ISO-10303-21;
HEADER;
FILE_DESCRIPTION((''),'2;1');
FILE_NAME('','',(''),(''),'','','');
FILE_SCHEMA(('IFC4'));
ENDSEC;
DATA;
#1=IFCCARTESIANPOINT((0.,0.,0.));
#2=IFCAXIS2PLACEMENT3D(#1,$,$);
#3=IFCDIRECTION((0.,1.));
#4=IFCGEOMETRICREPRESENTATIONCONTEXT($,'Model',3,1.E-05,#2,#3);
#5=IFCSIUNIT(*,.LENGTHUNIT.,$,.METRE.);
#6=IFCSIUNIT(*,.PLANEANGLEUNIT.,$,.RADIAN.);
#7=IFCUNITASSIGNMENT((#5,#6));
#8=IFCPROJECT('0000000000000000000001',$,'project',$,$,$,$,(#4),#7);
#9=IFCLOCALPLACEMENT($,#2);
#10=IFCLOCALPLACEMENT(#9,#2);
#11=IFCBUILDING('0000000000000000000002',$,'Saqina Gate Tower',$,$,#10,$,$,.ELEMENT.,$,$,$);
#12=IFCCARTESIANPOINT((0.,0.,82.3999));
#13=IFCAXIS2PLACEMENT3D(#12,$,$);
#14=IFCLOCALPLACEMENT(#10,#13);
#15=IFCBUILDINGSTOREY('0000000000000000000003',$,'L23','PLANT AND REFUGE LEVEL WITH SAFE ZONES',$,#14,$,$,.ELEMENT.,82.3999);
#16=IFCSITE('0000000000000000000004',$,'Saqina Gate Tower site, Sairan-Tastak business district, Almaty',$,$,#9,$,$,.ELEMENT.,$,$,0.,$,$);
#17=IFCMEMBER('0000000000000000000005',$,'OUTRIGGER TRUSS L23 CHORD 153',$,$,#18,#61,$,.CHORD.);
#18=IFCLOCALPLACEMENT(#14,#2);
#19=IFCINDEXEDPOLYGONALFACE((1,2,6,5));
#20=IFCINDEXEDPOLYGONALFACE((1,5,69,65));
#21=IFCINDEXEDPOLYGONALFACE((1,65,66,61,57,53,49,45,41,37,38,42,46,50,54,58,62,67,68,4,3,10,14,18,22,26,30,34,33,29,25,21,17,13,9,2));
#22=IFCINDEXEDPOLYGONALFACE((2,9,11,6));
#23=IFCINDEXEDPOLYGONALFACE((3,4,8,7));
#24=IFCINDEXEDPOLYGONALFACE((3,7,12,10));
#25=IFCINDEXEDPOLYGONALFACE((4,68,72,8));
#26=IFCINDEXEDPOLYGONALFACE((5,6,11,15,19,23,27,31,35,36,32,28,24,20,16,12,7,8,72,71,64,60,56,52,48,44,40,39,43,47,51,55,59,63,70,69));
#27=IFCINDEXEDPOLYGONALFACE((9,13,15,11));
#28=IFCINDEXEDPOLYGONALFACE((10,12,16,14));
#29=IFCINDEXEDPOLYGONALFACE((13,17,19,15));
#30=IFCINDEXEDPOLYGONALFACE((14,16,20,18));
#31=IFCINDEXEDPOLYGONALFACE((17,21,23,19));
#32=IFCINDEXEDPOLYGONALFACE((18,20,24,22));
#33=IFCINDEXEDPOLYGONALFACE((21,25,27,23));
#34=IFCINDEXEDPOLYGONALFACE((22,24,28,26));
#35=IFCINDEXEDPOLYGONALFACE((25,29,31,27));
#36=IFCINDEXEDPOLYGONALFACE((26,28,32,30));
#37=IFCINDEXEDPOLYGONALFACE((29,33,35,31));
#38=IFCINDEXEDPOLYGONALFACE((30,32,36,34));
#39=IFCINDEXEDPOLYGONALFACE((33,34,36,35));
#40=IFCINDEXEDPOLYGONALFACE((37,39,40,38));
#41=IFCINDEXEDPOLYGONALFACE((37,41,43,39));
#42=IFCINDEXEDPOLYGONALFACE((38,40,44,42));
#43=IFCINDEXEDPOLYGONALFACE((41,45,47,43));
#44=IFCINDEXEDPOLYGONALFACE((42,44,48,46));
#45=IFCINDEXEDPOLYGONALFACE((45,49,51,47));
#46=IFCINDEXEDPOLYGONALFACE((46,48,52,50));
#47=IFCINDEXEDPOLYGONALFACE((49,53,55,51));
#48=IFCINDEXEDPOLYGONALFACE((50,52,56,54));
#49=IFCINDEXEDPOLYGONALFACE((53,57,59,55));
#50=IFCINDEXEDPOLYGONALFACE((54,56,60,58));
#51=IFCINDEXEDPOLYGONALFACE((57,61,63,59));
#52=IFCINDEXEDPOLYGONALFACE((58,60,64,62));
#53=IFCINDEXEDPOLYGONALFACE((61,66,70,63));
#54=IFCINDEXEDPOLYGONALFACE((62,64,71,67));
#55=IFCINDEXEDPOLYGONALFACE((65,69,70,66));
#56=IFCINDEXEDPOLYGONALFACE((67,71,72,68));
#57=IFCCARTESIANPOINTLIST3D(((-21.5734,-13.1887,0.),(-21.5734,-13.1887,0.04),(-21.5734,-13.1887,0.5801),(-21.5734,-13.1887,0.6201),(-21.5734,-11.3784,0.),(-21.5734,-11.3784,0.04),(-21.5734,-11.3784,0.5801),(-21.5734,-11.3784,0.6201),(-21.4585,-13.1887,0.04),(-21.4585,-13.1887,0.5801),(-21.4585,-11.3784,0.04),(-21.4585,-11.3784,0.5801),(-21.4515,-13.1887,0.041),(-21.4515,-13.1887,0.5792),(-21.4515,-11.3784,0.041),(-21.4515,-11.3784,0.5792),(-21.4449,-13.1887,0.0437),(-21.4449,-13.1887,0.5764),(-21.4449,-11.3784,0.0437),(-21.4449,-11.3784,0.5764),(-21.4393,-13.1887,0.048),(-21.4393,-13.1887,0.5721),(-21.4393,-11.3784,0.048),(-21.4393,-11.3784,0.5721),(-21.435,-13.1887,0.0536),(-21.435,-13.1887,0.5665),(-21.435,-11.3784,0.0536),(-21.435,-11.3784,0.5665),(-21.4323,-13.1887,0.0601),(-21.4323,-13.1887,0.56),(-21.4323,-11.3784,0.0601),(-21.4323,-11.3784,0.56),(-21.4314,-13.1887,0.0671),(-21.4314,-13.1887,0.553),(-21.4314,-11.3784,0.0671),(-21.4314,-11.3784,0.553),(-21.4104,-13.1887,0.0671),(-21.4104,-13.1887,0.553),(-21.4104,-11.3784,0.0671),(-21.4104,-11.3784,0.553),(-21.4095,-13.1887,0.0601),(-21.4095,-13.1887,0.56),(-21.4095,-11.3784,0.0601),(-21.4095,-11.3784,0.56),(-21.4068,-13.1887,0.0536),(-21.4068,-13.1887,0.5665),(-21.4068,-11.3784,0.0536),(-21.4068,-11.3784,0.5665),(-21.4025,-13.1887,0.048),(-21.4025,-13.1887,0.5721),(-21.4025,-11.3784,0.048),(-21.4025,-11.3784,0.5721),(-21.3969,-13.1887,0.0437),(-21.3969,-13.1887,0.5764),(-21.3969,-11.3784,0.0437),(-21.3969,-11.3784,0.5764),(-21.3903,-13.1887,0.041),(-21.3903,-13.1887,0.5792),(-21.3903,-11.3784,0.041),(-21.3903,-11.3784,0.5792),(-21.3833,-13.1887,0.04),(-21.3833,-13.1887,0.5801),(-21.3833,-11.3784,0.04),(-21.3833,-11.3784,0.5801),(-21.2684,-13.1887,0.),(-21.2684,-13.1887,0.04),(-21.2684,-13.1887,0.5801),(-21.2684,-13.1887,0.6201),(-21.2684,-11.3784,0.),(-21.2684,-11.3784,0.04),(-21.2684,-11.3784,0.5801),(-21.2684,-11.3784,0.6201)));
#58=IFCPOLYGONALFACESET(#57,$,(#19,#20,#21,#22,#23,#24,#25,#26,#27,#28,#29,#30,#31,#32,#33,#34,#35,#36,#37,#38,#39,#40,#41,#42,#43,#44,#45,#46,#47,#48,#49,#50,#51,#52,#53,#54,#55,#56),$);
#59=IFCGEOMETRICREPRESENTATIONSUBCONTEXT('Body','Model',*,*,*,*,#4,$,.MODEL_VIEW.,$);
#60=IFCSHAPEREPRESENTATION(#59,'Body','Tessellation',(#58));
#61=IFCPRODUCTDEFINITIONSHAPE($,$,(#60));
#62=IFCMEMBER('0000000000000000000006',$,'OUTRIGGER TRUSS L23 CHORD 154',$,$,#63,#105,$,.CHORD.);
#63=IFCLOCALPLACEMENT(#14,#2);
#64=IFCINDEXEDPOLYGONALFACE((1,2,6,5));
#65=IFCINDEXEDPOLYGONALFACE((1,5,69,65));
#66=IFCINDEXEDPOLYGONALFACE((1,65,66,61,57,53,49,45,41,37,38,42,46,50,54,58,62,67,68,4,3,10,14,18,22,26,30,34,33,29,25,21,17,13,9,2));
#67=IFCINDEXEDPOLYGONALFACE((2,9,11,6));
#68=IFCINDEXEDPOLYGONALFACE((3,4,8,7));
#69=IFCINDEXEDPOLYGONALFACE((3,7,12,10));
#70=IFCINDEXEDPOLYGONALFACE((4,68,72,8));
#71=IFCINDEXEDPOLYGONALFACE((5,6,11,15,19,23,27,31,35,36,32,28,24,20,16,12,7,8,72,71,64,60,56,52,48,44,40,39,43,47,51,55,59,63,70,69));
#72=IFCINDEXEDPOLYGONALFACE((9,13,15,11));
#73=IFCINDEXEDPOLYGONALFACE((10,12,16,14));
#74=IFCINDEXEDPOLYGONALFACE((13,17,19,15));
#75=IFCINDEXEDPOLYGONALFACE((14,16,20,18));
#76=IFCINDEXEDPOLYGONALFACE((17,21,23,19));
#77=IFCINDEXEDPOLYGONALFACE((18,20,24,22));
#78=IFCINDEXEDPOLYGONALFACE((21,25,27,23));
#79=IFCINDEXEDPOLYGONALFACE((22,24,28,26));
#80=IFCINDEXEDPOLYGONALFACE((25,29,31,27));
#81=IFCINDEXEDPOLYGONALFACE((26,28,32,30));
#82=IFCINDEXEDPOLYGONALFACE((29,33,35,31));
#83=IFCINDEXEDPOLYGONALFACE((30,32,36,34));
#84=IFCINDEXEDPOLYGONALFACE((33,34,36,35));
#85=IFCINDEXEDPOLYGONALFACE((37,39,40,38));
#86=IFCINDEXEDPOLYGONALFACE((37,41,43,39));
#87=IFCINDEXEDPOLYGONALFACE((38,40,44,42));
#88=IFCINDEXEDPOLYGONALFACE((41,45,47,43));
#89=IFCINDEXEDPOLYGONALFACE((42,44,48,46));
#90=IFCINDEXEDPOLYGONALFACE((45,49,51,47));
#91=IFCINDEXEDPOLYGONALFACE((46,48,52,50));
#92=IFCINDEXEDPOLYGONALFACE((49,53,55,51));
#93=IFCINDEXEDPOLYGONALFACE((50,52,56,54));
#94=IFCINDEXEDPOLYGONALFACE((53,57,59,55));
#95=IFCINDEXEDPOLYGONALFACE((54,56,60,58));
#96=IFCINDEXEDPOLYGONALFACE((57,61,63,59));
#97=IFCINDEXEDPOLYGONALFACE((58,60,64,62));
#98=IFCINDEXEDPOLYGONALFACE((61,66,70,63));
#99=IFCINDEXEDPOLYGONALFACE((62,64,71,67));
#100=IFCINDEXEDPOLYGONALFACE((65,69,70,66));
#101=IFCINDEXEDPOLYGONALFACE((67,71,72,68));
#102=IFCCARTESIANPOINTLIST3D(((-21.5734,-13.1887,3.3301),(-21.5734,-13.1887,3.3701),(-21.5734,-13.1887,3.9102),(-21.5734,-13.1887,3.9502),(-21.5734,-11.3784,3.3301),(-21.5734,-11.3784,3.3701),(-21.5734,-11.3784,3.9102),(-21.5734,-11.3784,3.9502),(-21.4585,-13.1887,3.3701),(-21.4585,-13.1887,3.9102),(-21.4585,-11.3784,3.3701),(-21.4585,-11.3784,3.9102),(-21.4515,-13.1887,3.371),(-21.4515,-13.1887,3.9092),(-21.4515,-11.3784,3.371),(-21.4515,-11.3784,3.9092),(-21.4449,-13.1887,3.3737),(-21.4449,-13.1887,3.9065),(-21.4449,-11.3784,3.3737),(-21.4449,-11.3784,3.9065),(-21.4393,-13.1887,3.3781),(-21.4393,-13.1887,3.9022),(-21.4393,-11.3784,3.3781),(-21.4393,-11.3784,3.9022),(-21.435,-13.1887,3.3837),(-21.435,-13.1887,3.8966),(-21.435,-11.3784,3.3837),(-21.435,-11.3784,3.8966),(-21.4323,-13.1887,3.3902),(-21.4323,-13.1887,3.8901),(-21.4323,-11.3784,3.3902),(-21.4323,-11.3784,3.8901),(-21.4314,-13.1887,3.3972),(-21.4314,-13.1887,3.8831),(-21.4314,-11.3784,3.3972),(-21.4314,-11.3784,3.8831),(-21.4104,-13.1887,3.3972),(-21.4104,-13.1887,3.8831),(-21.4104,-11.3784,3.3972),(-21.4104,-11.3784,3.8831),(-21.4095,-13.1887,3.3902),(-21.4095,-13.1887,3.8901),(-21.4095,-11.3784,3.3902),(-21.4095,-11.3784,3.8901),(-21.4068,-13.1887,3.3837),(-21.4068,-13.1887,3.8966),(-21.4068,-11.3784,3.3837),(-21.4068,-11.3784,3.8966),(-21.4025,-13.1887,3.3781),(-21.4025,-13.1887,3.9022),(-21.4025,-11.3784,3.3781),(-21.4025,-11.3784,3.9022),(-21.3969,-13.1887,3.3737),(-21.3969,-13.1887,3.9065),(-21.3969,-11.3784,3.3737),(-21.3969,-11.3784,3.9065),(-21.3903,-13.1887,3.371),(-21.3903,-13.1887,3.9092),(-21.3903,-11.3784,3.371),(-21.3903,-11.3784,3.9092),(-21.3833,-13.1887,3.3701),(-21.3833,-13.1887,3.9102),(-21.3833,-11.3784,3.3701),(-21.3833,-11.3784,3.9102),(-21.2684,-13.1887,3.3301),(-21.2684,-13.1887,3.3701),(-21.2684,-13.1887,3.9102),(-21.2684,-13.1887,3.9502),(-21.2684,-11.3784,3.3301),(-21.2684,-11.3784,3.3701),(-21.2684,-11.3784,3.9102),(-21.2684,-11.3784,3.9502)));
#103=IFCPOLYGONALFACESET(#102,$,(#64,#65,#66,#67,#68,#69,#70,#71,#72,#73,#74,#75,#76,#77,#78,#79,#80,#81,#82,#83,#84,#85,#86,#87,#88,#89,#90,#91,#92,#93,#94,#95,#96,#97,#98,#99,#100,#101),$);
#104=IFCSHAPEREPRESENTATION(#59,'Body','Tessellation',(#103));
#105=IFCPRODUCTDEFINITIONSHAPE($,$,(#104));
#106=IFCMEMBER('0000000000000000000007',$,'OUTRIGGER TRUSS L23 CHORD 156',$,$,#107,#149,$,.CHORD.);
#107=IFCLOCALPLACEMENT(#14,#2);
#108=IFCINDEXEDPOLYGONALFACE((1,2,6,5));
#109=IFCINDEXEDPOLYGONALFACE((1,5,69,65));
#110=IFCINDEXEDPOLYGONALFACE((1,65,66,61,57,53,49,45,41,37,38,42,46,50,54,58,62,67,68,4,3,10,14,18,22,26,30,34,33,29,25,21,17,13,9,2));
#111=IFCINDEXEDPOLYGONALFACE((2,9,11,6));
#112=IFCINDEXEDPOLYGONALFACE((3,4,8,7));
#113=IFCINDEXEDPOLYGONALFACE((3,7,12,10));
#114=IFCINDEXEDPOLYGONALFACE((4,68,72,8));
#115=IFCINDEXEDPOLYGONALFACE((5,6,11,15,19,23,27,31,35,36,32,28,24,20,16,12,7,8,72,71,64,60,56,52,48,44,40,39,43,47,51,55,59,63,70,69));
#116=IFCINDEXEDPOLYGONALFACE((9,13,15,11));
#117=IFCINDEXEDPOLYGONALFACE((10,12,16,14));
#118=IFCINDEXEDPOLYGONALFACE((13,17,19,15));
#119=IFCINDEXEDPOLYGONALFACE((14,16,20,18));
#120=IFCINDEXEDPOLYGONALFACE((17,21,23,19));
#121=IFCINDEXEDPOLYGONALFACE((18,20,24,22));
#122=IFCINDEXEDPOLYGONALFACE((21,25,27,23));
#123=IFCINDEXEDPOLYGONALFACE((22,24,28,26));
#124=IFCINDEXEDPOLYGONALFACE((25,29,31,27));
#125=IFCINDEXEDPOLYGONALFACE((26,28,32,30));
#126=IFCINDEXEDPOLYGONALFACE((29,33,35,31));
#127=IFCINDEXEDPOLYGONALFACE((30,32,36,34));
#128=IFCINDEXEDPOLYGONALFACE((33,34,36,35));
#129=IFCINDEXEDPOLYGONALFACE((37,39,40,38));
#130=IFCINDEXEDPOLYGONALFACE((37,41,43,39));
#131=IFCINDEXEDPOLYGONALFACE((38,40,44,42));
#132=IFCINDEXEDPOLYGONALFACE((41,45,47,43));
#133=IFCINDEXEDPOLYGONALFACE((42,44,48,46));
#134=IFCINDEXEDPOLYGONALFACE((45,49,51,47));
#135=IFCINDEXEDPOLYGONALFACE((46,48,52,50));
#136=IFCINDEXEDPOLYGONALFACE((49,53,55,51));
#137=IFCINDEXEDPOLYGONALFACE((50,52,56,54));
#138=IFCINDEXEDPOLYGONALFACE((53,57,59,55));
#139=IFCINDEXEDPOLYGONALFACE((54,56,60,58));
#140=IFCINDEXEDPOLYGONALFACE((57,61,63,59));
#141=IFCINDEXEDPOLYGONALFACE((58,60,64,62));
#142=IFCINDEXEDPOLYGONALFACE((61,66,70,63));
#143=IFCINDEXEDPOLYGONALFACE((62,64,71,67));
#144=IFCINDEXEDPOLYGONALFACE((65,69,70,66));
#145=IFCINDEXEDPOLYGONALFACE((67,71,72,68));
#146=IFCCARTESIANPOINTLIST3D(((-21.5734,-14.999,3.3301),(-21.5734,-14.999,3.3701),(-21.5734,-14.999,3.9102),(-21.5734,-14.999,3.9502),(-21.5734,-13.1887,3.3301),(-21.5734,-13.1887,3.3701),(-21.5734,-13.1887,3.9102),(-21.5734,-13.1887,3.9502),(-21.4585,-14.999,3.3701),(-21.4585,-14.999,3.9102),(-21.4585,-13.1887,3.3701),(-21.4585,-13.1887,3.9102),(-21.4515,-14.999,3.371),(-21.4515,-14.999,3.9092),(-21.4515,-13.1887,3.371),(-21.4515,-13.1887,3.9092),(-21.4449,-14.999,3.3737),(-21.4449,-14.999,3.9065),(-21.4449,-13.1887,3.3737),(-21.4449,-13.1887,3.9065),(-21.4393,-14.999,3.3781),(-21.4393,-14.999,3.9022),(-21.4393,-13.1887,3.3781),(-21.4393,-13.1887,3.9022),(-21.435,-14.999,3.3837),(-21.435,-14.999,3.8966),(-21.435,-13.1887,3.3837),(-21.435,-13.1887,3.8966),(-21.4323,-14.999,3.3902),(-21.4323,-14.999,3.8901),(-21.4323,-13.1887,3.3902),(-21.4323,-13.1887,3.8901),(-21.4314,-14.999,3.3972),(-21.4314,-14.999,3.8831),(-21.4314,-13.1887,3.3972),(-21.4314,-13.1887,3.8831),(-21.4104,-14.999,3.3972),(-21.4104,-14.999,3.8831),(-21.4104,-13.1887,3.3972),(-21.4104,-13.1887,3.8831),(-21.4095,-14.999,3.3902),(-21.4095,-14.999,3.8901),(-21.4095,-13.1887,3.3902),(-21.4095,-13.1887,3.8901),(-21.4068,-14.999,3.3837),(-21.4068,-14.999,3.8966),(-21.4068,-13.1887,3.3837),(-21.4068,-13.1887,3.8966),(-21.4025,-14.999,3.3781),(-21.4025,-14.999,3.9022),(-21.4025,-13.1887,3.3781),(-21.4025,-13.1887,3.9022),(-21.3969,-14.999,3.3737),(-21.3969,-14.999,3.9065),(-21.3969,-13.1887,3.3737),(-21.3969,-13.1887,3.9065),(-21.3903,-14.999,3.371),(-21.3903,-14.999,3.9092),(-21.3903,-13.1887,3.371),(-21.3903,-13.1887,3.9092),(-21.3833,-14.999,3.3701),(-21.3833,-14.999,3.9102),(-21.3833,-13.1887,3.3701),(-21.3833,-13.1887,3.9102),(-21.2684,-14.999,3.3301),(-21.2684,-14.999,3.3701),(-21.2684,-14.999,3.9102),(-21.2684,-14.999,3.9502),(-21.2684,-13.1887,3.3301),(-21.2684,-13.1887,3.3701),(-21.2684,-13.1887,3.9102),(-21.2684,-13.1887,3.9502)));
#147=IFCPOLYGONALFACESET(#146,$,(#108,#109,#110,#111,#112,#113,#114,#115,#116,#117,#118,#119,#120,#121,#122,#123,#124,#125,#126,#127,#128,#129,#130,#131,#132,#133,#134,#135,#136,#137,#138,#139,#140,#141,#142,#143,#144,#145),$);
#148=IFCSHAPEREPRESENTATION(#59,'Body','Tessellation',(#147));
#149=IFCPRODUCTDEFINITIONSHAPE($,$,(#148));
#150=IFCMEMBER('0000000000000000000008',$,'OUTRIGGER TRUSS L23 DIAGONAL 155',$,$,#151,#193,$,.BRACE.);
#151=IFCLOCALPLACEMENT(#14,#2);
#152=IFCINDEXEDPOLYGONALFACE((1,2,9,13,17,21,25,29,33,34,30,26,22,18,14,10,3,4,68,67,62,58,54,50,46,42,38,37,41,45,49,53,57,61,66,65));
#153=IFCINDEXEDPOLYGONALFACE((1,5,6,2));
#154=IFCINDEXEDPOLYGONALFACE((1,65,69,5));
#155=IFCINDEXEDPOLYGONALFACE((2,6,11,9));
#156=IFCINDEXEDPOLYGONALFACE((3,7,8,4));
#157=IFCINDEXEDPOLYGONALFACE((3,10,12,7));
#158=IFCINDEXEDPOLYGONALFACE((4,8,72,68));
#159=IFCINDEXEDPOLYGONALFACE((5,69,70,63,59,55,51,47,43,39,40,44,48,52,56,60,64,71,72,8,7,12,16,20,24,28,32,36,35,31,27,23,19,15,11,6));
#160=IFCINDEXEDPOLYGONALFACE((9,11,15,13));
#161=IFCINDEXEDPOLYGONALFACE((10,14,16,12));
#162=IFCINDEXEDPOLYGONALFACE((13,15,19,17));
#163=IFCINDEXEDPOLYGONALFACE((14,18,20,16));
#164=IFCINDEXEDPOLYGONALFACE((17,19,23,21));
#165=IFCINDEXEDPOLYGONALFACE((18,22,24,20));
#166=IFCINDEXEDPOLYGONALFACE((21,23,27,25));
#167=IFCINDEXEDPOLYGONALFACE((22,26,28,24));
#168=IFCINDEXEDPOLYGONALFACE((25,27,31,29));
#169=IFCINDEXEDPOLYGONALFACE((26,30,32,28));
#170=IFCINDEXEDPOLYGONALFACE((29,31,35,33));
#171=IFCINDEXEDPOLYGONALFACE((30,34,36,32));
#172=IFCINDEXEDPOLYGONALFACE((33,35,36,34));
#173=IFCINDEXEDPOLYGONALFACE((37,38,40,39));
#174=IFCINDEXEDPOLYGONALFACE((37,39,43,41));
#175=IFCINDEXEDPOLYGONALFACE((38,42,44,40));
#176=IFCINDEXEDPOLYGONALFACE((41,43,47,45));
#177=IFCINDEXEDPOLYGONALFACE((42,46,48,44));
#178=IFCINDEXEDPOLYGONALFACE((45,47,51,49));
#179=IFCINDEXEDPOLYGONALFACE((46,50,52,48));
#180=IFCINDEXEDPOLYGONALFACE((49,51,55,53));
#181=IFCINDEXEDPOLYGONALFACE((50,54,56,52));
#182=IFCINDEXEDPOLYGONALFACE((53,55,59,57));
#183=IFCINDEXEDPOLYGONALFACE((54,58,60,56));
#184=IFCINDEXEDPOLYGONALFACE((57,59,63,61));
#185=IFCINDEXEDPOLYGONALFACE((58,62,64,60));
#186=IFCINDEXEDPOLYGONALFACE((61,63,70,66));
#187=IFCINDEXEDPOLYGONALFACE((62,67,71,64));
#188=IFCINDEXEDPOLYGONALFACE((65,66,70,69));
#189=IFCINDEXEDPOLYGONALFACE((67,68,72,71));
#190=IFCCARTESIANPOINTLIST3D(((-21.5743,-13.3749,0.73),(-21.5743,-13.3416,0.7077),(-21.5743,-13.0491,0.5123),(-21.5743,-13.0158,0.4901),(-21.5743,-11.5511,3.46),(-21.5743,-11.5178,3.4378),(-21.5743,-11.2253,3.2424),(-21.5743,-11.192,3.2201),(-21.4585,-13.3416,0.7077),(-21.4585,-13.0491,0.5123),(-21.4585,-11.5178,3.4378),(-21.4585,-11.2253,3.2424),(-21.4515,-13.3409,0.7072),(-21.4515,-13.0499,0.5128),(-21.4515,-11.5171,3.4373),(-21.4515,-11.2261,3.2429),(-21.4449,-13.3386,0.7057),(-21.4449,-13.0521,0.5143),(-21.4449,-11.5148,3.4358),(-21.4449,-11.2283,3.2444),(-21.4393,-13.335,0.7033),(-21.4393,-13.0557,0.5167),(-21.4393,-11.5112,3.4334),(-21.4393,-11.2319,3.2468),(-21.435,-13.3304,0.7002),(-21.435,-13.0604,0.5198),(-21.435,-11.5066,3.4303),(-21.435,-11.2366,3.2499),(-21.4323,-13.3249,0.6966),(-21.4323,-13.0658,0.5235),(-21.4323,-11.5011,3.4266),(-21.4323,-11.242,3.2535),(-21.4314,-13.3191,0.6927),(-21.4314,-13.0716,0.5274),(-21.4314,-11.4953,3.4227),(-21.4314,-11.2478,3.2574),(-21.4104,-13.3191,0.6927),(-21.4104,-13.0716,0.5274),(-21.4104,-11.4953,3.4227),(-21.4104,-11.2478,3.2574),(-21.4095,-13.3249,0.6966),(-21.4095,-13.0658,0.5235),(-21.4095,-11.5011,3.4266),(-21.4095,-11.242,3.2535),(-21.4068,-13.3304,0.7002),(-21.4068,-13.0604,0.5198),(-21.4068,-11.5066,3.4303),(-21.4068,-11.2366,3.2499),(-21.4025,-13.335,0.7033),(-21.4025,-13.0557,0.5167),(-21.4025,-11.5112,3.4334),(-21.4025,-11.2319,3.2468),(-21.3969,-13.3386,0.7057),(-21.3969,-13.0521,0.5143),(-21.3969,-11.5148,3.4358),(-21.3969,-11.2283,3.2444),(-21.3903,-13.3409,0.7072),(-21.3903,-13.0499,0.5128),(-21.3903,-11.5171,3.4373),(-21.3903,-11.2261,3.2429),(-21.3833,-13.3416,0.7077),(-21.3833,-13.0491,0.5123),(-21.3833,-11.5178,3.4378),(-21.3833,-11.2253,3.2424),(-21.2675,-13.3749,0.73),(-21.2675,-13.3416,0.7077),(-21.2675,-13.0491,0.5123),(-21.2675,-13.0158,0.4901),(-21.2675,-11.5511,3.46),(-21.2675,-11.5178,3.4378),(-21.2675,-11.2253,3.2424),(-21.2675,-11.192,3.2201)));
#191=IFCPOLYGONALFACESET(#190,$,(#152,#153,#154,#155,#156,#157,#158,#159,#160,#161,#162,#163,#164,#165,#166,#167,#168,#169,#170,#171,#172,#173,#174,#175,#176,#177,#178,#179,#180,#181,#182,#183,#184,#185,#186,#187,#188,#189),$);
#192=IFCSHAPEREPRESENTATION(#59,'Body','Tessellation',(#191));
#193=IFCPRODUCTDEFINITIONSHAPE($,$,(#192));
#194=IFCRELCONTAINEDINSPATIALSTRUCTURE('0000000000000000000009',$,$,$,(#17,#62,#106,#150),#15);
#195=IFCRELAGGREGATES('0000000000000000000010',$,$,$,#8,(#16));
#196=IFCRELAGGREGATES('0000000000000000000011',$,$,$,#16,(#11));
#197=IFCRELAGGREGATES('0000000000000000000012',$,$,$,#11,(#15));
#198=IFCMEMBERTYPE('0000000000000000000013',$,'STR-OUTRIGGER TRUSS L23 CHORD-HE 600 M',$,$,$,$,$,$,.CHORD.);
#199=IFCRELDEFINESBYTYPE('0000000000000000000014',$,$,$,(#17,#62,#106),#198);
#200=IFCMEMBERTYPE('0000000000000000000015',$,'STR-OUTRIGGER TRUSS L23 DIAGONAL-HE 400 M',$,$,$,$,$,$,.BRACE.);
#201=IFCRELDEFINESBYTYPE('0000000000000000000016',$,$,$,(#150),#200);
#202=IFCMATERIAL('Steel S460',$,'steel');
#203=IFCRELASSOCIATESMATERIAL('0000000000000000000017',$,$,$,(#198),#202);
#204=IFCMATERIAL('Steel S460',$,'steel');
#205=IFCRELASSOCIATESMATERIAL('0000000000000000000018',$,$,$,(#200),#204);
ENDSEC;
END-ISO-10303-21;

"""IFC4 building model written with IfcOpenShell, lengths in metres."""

from ifc_helpers import new_model, si_unit, direction, frame, origin, origin_2d, place, context, subcontext, project, spatial, i_section, extrude, material, material_profile, profile_set, type_object, element, save


model = new_model("IFC4")

# Units and contexts
model_context = context("Model", 3, precision=1e-05, world=origin(), true_north=direction((0.0, 1.0)))
body_context = subcontext(model_context, "Body", "Model", "MODEL_VIEW")
ifc_project = project(units=[si_unit("LENGTHUNIT", "METRE"), si_unit("PLANEANGLEUNIT", "RADIAN")], contexts=[model_context])

# Site, building, storey
site_placement = place(None, origin())
site = spatial("IfcSite", under=ifc_project, at=site_placement, Name="Saqina Gate Tower site, Sairan-Tastak business district, Almaty", CompositionType="ELEMENT", RefElevation=0.0)
building_placement = place(site_placement, origin())
building = spatial("IfcBuilding", under=site, at=building_placement, Name="Saqina Gate Tower", CompositionType="ELEMENT")
storey_placement = place(building_placement, frame((0.0, 0.0, 82.3999)))
storey = spatial("IfcBuildingStorey", under=building, at=storey_placement, Name="L23", Description="PLANT AND REFUGE LEVEL WITH SAFE ZONES", CompositionType="ELEMENT", Elevation=82.3999)

# Members
ifc_material_1 = material(Name="Steel S460", Category="steel")
ifc_material_profile_1 = material_profile(ifc_material_1, i_section(OverallWidth=0.3049, OverallDepth=0.6201, WebThickness=0.021, FlangeThickness=0.04, FilletRadius=0.0271, at=origin_2d()), Name="HE 600 M")
ifc_profile_set_1 = profile_set([ifc_material_profile_1], Name="Steel S460")
member_type_1 = type_object("IfcMemberType", Name="STR-OUTRIGGER TRUSS L23 CHORD-HE 600 M", PredefinedType="CHORD", material=ifc_profile_set_1)
for number, where, z_axis, x_axis, name in (
    (1, (-21.4209, -11.3784, 0.3101), (0.0, -1.0, 0.0), (1.0, 0.0, 0.0), "OUTRIGGER TRUSS L23 CHORD 153"),
    (2, (-21.4209, -11.3784, 3.6401), (0.0, -1.0, 0.0), (1.0, 0.0, 0.0), "OUTRIGGER TRUSS L23 CHORD 154"),
    (3, (-21.4209, -13.1887, 3.6401), (0.0, -1.0, 0.0), (1.0, 0.0, 0.0), "OUTRIGGER TRUSS L23 CHORD 156"),
):
    element("IfcMember", number, at=place(storey_placement, frame(where, z_axis=z_axis, x_axis=x_axis)), inside=storey, type_object=member_type_1, Name=name, PredefinedType="CHORD", context=body_context, shape_type="SweptSolid", body=[
        extrude(i_section(OverallWidth=0.3049, OverallDepth=0.6201, WebThickness=0.021, FlangeThickness=0.04, FilletRadius=0.0271, at=origin_2d()), origin(), (0.0, 0.0, 1.0), 1.8103),
    ])
ifc_material_2 = material(Name="Steel S460", Category="steel")
ifc_material_profile_2 = material_profile(ifc_material_2, i_section(OverallWidth=0.3069, OverallDepth=0.4319, WebThickness=0.021, FlangeThickness=0.04, FilletRadius=0.0271, at=origin_2d()), Name="HE 400 M")
ifc_profile_set_2 = profile_set([ifc_material_profile_2], Name="Steel S460")
member_type_2 = type_object("IfcMemberType", Name="STR-OUTRIGGER TRUSS L23 DIAGONAL-HE 400 M", PredefinedType="BRACE", material=ifc_profile_set_2)
member_1_placement = place(storey_placement, frame((-21.4209, -11.3716, 3.3401), z_axis=(0.0, -0.555489, -0.831524), x_axis=(1.0, 0.0, 0.0)))
element("IfcMember", 4, at=member_1_placement, inside=storey, type_object=member_type_2, Name="OUTRIGGER TRUSS L23 DIAGONAL 155", PredefinedType="BRACE", context=body_context, shape_type="SweptSolid", body=[
    extrude(i_section(OverallWidth=0.3069, OverallDepth=0.4319, WebThickness=0.021, FlangeThickness=0.04, FilletRadius=0.0271, at=origin_2d()), origin(), (0.0, 0.0, 1.0), 3.2832),
])

save(model, "model.ifc")
